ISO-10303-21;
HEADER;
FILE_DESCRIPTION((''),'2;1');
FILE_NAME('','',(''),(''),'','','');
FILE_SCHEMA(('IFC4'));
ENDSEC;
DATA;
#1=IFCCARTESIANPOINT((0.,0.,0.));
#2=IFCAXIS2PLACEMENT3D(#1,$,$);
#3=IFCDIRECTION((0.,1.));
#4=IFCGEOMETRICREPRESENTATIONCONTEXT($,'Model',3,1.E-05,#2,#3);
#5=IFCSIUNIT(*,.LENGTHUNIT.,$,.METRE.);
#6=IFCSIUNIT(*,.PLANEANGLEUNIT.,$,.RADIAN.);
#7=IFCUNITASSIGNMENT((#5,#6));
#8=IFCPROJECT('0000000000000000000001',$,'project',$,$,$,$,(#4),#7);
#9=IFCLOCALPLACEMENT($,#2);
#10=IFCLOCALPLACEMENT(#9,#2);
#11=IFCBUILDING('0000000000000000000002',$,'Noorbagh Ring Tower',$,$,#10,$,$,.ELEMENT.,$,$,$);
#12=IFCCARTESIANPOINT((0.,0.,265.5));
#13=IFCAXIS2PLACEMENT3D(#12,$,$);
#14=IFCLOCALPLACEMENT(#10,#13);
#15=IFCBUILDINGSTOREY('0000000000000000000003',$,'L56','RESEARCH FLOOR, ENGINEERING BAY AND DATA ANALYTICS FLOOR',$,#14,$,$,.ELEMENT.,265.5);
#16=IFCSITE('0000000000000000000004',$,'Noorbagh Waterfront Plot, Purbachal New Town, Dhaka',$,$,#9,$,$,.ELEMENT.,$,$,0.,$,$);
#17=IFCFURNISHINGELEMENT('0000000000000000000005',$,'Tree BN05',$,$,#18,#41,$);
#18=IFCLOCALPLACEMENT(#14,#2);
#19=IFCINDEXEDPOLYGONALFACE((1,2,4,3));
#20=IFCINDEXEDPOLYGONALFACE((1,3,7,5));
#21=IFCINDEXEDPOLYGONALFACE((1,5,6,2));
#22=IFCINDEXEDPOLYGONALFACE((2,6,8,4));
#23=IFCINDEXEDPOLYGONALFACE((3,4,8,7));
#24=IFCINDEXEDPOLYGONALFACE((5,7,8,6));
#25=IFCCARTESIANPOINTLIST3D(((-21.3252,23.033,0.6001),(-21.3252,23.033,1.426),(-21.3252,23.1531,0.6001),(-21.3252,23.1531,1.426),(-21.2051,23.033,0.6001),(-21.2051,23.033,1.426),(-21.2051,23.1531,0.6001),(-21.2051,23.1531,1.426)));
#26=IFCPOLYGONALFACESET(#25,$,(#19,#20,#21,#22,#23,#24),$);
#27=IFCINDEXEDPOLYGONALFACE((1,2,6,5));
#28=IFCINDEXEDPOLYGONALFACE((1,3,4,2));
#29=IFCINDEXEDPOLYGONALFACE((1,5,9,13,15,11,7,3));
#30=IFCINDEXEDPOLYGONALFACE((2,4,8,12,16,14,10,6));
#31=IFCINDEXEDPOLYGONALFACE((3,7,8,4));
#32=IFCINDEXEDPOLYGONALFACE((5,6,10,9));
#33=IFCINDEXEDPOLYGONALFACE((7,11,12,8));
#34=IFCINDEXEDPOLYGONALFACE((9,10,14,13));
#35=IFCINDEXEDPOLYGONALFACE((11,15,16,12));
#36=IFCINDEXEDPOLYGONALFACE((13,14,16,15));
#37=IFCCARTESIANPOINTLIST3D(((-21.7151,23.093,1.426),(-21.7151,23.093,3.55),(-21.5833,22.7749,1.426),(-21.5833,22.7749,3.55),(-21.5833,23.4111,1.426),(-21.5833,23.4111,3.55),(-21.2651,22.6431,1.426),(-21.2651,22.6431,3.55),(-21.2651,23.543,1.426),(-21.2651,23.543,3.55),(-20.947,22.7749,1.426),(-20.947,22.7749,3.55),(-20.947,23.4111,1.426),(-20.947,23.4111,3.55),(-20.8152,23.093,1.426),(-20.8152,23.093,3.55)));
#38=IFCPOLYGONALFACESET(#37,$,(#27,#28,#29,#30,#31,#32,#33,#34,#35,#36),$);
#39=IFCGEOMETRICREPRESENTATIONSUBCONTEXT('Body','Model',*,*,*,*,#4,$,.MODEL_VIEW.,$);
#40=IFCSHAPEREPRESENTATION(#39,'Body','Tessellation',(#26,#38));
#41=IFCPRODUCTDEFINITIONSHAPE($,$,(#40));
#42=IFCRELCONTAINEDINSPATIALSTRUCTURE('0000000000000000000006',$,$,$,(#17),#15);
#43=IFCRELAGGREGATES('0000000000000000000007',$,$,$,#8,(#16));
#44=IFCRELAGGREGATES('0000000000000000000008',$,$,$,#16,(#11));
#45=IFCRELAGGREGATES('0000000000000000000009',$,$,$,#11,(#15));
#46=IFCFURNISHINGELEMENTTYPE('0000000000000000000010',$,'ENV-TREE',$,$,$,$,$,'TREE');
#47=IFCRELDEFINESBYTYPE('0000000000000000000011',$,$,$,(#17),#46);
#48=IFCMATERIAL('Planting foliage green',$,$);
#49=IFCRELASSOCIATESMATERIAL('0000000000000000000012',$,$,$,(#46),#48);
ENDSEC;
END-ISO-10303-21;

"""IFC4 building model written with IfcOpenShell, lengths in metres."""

from ifc_helpers import new_model, si_unit, direction, frame, origin, origin_2d, place, context, subcontext, project, spatial, polyline, rectangle, outline, extrude, material, type_object, element, save


model = new_model("IFC4")

# Units and contexts
model_context = context("Model", 3, precision=1e-05, world=origin(), true_north=direction((0.0, 1.0)))
body_context = subcontext(model_context, "Body", "Model", "MODEL_VIEW")
ifc_project = project(units=[si_unit("LENGTHUNIT", "METRE"), si_unit("PLANEANGLEUNIT", "RADIAN")], contexts=[model_context])

# Site, building, storey
site_placement = place(None, origin())
site = spatial("IfcSite", under=ifc_project, at=site_placement, Name="Noorbagh Waterfront Plot, Purbachal New Town, Dhaka", CompositionType="ELEMENT", RefElevation=0.0)
building_placement = place(site_placement, origin())
building = spatial("IfcBuilding", under=site, at=building_placement, Name="Noorbagh Ring Tower", CompositionType="ELEMENT")
storey_placement = place(building_placement, frame((0.0, 0.0, 265.5)))
storey = spatial("IfcBuildingStorey", under=building, at=storey_placement, Name="L56", Description="RESEARCH FLOOR, ENGINEERING BAY AND DATA ANALYTICS FLOOR", CompositionType="ELEMENT", Elevation=265.5)

# Furnishing element
ifc_material_1 = material(Name="Planting foliage green")
furnishing_element_type = type_object("IfcFurnishingElementType", Name="ENV-TREE", ElementType="TREE", material=ifc_material_1)
furnishing_placement = place(storey_placement, frame((-21.2651, 23.093, 0.6001), z_axis=(0.0, 0.0, 1.0), x_axis=(1.0, 0.0, 0.0)))
element("IfcFurnishingElement", 1, at=furnishing_placement, inside=storey, type_object=furnishing_element_type, Name="Tree BN05", context=body_context, shape_type="SweptSolid", body=[
    extrude(rectangle(XDim=0.1201, YDim=0.1201, at=origin_2d()), origin(), (0.0, 0.0, 1.0), 0.8259),
    extrude(outline(polyline([(0.45, 0.0), (0.3181, 0.3181), (0.0, 0.45), (-0.3181, 0.3181), (-0.45, 0.0), (-0.3181, -0.3181), (0.0, -0.45), (0.3181, -0.3181), (0.45, 0.0)])), frame((0.0, 0.0, 0.8259)), (0.0, 0.0, 1.0), 2.124),
])

save(model, "model.ifc")
